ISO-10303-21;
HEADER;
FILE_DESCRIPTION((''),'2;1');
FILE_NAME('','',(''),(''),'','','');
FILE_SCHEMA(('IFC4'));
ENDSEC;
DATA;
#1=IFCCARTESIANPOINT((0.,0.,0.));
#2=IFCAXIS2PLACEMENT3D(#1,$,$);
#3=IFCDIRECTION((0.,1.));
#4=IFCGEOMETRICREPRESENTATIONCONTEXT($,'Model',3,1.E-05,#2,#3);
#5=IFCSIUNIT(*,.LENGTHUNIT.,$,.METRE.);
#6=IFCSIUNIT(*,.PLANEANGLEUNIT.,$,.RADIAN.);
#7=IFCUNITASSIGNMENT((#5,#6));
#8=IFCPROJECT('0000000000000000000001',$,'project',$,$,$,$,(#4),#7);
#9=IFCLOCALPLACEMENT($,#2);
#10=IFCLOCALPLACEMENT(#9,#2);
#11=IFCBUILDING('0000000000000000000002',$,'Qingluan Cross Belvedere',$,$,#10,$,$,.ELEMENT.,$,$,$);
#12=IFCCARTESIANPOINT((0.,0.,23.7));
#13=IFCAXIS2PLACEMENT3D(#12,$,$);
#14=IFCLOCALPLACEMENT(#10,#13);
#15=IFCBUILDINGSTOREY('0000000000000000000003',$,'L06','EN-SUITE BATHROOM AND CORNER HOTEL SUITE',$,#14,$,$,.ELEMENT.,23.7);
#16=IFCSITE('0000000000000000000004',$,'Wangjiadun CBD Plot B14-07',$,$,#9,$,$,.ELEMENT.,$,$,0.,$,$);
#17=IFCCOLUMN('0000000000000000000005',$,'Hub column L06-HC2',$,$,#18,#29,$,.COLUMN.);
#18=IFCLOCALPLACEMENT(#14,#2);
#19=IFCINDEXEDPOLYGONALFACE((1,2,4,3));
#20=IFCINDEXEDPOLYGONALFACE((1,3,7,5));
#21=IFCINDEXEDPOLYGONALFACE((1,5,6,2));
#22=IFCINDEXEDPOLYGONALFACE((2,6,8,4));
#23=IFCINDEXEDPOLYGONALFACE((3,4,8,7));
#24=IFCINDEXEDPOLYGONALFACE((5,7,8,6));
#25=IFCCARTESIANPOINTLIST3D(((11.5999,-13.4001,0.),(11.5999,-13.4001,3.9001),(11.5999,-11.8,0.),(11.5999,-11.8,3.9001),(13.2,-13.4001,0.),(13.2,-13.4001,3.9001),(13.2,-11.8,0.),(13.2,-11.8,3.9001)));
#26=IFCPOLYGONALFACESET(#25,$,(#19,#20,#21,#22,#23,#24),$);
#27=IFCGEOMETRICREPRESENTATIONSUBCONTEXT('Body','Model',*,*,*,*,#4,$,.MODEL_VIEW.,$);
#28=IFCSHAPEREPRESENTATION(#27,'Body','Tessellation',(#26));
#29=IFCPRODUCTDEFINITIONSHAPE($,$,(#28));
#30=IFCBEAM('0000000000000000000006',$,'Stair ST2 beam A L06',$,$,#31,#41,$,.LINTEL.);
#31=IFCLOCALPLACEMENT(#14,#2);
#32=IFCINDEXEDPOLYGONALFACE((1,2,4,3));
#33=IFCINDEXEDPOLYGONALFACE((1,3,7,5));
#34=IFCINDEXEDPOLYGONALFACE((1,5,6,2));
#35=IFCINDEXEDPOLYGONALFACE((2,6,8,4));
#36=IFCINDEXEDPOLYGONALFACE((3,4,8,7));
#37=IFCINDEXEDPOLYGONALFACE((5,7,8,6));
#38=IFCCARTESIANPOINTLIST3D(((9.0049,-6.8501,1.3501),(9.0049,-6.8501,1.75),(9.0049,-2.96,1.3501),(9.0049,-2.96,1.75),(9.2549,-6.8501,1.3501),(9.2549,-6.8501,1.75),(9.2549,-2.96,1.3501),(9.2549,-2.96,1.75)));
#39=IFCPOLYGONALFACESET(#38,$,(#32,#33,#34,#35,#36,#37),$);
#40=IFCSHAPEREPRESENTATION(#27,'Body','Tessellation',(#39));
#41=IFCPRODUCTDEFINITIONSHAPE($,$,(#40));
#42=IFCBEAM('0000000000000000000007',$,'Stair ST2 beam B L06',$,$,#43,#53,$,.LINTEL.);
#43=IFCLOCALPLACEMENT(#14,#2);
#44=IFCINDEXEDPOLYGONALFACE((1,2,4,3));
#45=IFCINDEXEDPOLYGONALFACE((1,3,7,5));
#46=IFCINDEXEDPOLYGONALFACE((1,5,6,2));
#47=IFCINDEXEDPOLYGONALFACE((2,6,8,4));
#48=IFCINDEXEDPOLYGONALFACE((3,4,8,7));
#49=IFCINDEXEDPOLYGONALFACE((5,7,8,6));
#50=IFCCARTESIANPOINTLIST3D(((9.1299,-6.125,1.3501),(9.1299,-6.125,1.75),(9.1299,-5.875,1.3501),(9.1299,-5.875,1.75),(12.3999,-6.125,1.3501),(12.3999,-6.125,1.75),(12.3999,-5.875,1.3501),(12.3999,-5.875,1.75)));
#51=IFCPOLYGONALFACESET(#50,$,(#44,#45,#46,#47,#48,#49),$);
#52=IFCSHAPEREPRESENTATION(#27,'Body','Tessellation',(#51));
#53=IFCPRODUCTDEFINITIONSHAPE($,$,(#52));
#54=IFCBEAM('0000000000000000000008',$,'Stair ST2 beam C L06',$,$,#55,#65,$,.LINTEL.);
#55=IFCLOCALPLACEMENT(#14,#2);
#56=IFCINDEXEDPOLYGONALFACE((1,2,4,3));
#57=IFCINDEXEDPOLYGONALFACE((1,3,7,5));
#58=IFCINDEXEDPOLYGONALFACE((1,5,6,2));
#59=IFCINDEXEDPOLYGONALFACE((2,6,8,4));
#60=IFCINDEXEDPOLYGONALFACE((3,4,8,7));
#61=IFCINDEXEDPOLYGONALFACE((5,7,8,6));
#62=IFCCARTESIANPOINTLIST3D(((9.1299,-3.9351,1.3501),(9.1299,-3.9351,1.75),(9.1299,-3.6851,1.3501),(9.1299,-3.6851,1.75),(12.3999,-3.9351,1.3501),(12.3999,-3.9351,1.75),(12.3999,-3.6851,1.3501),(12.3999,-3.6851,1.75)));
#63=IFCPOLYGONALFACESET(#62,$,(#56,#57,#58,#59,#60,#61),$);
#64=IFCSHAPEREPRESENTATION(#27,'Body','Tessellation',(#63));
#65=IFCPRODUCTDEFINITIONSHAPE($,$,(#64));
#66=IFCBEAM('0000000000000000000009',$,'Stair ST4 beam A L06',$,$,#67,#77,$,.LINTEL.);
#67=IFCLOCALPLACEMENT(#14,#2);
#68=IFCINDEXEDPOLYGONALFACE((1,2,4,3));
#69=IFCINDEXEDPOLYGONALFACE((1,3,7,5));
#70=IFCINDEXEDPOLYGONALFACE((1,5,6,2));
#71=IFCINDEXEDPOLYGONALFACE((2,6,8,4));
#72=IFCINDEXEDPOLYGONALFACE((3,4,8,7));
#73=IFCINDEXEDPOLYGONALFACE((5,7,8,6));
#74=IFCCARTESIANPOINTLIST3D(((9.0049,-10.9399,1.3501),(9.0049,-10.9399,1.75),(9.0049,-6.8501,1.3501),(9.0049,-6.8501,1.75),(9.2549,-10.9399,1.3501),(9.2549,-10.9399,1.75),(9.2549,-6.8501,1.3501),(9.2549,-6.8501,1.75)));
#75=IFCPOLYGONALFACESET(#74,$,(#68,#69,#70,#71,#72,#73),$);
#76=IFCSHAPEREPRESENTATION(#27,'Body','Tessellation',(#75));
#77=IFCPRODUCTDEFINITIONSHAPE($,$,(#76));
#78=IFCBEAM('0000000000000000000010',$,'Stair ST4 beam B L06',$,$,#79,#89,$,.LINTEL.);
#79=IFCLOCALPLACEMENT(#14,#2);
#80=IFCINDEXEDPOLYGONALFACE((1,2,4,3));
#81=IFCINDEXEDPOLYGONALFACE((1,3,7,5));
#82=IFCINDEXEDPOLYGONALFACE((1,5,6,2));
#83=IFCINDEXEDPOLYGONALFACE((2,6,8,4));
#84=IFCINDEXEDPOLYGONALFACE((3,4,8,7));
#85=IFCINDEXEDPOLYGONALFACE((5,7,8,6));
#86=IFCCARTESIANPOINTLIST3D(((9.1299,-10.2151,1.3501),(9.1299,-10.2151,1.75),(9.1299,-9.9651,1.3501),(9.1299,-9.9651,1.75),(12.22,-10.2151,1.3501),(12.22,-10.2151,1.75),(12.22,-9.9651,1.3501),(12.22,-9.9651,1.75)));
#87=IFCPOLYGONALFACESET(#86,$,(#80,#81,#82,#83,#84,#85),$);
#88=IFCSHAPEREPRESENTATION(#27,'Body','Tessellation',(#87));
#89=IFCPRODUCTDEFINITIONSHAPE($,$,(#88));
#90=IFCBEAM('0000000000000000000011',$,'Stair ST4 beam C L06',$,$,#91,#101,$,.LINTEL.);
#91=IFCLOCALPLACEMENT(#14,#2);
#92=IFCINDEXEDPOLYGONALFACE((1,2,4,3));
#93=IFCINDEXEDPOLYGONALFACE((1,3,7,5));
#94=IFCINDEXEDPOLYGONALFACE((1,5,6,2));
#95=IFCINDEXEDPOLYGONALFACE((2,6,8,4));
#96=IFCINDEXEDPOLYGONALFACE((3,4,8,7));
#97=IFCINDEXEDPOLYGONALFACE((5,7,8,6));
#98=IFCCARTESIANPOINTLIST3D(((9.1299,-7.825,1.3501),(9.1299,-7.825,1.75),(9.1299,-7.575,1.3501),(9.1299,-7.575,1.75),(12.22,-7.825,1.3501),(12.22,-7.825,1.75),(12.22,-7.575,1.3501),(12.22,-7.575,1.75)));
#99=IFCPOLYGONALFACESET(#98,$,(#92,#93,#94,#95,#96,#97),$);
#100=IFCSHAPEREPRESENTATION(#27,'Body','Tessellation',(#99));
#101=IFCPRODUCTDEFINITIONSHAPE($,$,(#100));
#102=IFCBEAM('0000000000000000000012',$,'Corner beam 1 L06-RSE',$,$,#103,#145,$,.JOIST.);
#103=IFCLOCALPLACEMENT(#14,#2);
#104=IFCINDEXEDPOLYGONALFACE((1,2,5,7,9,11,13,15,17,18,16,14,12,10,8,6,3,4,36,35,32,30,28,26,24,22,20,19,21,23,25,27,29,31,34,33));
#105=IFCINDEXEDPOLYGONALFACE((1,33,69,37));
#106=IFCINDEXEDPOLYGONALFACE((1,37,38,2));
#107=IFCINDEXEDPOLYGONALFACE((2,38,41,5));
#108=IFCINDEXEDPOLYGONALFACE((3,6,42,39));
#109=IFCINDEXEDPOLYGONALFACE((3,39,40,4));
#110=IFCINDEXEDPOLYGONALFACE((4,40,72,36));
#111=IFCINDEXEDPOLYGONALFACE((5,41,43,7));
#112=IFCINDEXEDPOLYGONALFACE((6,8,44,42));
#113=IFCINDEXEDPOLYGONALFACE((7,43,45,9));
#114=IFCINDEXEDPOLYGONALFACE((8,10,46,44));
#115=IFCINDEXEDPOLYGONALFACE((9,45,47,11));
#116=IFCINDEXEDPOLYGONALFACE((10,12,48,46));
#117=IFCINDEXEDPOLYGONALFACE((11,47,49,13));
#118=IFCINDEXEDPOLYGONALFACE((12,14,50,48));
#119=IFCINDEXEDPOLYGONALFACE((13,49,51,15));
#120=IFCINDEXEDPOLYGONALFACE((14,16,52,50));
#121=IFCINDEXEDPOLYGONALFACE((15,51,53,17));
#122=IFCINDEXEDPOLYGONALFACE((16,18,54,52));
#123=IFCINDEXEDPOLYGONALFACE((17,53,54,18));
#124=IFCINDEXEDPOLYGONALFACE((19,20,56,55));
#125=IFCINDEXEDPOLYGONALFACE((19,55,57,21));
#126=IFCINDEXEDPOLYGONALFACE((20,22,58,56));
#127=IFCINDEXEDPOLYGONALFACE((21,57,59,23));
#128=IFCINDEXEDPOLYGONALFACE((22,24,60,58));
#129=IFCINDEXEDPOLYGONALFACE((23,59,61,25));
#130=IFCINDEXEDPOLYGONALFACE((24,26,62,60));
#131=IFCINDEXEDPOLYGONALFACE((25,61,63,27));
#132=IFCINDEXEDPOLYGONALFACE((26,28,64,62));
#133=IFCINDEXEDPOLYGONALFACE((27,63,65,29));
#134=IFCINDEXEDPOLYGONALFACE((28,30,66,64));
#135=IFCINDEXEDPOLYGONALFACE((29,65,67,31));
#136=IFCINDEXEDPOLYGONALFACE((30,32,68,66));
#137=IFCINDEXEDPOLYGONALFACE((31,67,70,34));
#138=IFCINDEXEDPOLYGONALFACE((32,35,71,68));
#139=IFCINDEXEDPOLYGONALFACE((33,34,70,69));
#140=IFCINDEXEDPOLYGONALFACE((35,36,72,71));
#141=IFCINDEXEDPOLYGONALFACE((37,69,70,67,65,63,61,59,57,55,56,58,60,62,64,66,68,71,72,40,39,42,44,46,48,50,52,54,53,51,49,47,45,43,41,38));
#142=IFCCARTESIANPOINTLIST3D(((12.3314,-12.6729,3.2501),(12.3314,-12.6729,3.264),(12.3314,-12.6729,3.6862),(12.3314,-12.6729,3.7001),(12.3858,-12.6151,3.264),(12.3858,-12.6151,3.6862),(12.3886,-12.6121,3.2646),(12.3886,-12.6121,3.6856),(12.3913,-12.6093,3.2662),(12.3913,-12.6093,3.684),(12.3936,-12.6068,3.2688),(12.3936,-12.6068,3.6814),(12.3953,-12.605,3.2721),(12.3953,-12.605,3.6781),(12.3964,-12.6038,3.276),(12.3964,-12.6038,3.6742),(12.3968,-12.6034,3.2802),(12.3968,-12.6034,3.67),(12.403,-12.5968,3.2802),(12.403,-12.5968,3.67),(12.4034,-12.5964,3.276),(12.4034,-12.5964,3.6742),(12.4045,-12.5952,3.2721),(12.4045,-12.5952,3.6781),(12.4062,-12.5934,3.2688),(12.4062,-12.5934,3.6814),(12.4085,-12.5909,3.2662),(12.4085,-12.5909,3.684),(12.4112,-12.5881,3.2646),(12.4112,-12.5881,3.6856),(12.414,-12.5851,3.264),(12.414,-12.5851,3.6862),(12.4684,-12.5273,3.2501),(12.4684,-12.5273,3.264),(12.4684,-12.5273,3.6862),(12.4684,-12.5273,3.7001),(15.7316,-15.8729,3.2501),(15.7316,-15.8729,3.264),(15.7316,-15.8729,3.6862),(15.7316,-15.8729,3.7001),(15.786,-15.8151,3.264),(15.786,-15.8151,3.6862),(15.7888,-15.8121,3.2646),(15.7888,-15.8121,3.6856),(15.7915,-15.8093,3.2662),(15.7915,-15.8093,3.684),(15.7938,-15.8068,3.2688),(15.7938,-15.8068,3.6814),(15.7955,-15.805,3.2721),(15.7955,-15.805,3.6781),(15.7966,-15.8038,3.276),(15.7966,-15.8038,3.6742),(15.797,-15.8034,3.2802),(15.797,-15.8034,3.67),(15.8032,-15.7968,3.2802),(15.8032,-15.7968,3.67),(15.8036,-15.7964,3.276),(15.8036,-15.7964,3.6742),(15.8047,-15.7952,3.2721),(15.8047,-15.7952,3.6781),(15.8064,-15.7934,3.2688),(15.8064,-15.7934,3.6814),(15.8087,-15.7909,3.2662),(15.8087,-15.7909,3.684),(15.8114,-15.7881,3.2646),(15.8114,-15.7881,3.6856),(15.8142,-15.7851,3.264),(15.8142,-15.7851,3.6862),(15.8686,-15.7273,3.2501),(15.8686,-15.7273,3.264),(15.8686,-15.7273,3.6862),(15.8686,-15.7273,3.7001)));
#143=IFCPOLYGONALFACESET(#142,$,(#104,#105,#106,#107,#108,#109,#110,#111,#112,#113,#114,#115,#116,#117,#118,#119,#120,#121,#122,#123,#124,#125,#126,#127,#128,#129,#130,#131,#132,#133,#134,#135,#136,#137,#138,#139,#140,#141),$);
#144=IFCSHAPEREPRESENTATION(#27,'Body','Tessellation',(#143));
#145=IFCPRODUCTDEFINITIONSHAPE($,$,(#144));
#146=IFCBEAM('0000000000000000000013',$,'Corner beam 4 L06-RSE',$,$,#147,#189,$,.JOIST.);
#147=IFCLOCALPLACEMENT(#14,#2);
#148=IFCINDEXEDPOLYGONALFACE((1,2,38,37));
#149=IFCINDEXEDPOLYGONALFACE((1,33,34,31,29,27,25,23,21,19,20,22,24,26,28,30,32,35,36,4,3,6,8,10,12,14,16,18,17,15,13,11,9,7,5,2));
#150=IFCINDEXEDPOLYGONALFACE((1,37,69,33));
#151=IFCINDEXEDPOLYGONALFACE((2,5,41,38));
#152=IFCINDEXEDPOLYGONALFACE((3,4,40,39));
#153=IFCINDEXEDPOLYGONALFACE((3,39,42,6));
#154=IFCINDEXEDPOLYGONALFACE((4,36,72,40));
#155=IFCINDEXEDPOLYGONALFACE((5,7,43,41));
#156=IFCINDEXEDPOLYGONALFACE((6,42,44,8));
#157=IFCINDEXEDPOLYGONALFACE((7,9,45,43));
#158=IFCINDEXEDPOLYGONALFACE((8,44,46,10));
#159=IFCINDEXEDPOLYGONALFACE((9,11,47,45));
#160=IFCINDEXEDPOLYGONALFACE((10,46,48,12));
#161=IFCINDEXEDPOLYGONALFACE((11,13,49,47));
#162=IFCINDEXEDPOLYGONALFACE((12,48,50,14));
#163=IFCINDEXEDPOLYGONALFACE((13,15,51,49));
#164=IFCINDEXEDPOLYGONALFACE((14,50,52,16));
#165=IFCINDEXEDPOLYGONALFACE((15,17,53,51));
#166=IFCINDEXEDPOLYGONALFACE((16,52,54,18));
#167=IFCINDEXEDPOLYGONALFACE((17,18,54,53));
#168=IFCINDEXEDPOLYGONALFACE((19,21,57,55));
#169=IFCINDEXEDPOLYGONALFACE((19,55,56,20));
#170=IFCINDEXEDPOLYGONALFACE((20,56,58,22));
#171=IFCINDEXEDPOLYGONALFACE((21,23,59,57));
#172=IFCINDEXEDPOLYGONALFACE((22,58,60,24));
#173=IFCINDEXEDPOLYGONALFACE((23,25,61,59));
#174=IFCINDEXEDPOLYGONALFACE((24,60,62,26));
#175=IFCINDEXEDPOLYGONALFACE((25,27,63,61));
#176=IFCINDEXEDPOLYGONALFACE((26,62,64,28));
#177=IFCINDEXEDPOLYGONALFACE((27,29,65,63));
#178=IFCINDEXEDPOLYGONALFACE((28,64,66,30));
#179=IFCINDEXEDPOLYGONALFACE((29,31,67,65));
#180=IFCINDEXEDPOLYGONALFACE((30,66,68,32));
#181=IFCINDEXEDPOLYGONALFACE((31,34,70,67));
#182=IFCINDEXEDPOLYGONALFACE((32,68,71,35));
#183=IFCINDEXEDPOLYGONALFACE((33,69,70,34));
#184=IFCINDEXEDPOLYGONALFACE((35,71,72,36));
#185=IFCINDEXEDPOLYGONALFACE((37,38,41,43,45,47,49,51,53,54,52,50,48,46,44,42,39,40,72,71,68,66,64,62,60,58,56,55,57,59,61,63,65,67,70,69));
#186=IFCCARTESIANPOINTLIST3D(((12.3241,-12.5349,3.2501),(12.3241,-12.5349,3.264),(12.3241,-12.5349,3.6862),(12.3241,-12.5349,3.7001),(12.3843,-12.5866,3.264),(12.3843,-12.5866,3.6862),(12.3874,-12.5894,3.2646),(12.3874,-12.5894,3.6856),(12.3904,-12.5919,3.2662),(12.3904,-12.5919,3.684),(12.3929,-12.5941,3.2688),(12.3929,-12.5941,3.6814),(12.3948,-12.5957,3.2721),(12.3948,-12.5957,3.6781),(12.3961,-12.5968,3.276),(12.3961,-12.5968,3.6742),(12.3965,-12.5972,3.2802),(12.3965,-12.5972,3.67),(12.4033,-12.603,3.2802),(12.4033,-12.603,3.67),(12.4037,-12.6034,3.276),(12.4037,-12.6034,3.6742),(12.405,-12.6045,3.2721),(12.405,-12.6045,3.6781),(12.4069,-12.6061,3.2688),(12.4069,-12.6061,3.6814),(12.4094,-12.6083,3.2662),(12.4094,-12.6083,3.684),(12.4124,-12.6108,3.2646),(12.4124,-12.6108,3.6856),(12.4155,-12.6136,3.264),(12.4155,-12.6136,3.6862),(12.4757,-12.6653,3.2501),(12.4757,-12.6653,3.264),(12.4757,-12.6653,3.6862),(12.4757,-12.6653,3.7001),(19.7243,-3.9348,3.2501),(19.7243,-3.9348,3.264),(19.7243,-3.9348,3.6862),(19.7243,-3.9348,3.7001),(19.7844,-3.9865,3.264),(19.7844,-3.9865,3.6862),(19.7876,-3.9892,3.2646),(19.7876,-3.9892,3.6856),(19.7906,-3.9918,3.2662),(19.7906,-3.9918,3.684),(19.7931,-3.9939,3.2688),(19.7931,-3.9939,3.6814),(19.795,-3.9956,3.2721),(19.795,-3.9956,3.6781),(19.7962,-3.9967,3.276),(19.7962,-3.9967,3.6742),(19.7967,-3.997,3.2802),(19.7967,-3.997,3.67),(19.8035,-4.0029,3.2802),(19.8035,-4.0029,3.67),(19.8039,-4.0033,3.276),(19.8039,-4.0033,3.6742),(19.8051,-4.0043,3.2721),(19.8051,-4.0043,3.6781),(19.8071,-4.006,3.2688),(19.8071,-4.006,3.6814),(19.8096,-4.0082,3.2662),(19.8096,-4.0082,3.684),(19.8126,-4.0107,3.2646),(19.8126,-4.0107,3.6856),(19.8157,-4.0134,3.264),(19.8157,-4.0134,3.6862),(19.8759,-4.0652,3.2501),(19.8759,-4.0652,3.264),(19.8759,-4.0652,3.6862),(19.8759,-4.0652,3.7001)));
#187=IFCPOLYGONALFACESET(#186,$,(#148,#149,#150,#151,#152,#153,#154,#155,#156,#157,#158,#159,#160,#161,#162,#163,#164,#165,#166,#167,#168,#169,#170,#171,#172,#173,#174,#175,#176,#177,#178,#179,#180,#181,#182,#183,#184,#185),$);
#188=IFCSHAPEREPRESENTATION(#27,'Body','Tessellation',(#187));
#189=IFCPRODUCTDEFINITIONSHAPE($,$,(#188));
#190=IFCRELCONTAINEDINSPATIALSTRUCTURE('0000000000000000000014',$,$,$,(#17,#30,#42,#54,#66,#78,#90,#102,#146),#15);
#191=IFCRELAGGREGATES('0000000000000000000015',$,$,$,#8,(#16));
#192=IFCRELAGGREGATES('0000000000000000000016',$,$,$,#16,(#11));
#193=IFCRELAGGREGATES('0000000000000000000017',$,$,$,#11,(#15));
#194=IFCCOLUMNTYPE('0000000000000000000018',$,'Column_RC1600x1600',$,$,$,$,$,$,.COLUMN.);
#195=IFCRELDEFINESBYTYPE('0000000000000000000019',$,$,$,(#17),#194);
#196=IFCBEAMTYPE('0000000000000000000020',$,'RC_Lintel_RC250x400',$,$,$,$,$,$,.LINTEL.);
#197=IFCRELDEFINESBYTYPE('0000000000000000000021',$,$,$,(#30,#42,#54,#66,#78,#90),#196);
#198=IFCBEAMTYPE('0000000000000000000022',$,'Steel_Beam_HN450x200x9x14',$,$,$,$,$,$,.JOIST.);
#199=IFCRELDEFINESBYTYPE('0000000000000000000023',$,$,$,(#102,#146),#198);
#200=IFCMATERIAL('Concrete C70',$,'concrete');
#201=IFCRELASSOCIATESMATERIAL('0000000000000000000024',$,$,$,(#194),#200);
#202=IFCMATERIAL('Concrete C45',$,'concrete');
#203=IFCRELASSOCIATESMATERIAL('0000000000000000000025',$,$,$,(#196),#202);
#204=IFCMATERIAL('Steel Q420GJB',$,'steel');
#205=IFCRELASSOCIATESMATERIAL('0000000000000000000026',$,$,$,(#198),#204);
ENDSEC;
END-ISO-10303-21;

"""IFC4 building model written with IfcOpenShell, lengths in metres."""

from ifc_helpers import new_model, si_unit, direction, frame, origin, origin_2d, place, context, subcontext, project, spatial, rectangle, i_section, extrude, material, material_profile, profile_set, type_object, element, save


model = new_model("IFC4")

# Units and contexts
model_context = context("Model", 3, precision=1e-05, world=origin(), true_north=direction((0.0, 1.0)))
body_context = subcontext(model_context, "Body", "Model", "MODEL_VIEW")
ifc_project = project(units=[si_unit("LENGTHUNIT", "METRE"), si_unit("PLANEANGLEUNIT", "RADIAN")], contexts=[model_context])

# Site, building, storey
site_placement = place(None, origin())
site = spatial("IfcSite", under=ifc_project, at=site_placement, Name="Wangjiadun CBD Plot B14-07", CompositionType="ELEMENT", RefElevation=0.0)
building_placement = place(site_placement, origin())
building = spatial("IfcBuilding", under=site, at=building_placement, Name="Qingluan Cross Belvedere", CompositionType="ELEMENT")
storey_placement = place(building_placement, frame((0.0, 0.0, 23.7)))
storey = spatial("IfcBuildingStorey", under=building, at=storey_placement, Name="L06", Description="EN-SUITE BATHROOM AND CORNER HOTEL SUITE", CompositionType="ELEMENT", Elevation=23.7)

# Column
ifc_material_1 = material(Name="Concrete C70", Category="concrete")
ifc_material_profile_1 = material_profile(ifc_material_1, rectangle(XDim=1.6001, YDim=1.6001, at=origin_2d()), Name="RC1600x1600")
ifc_profile_set_1 = profile_set([ifc_material_profile_1], Name="Concrete C70")
column_type = type_object("IfcColumnType", Name="Column_RC1600x1600", PredefinedType="COLUMN", material=ifc_profile_set_1)
column_placement = place(storey_placement, frame((12.3999, -12.6001, 0.0), z_axis=(0.0, 0.0, 1.0), x_axis=(1.0, 0.0, 0.0)))
element("IfcColumn", 1, at=column_placement, inside=storey, type_object=column_type, Name="Hub column L06-HC2", PredefinedType="COLUMN", context=body_context, shape_type="SweptSolid", body=[
    extrude(rectangle(XDim=1.6001, YDim=1.6001, at=origin_2d()), origin(), (0.0, 0.0, 1.0), 3.9001),
])

# Beams
ifc_material_2 = material(Name="Concrete C45", Category="concrete")
ifc_material_profile_2 = material_profile(ifc_material_2, rectangle(XDim=0.25, YDim=0.3999, at=origin_2d()), Name="RC250x400")
ifc_profile_set_2 = profile_set([ifc_material_profile_2], Name="Concrete C45")
beam_type_1 = type_object("IfcBeamType", Name="RC_Lintel_RC250x400", PredefinedType="LINTEL", material=ifc_profile_set_2)
beam_1_placement = place(storey_placement, frame((9.1299, -6.8501, 1.55), z_axis=(0.0, 1.0, 0.0), x_axis=(-1.0, 0.0, 0.0)))
element("IfcBeam", 2, at=beam_1_placement, inside=storey, type_object=beam_type_1, Name="Stair ST2 beam A L06", PredefinedType="LINTEL", context=body_context, shape_type="SweptSolid", body=[
    extrude(rectangle(XDim=0.25, YDim=0.3999, at=origin_2d()), origin(), (0.0, 0.0, 1.0), 3.8901),
])
for number, where, z_axis, x_axis, name in (
    (3, (12.3999, -6.0, 1.55), (-1.0, 0.0, 0.0), (0.0, -1.0, 0.0), "Stair ST2 beam B L06"),
    (4, (12.3999, -3.8101, 1.55), (-1.0, 0.0, 0.0), (0.0, -1.0, 0.0), "Stair ST2 beam C L06"),
):
    element("IfcBeam", number, at=place(storey_placement, frame(where, z_axis=z_axis, x_axis=x_axis)), inside=storey, type_object=beam_type_1, Name=name, PredefinedType="LINTEL", context=body_context, shape_type="SweptSolid", body=[
        extrude(rectangle(XDim=0.25, YDim=0.3999, at=origin_2d()), origin(), (0.0, 0.0, 1.0), 3.27),
    ])
beam_2_placement = place(storey_placement, frame((9.1299, -10.9399, 1.55), z_axis=(0.0, 1.0, 0.0), x_axis=(-1.0, 0.0, 0.0)))
element("IfcBeam", 5, at=beam_2_placement, inside=storey, type_object=beam_type_1, Name="Stair ST4 beam A L06", PredefinedType="LINTEL", context=body_context, shape_type="SweptSolid", body=[
    extrude(rectangle(XDim=0.25, YDim=0.3999, at=origin_2d()), origin(), (0.0, 0.0, 1.0), 4.0898),
])
for number, where, z_axis, x_axis, name in (
    (6, (12.22, -10.0901, 1.55), (-1.0, 0.0, 0.0), (0.0, -1.0, 0.0), "Stair ST4 beam B L06"),
    (7, (12.22, -7.7, 1.55), (-1.0, 0.0, 0.0), (0.0, -1.0, 0.0), "Stair ST4 beam C L06"),
):
    element("IfcBeam", number, at=place(storey_placement, frame(where, z_axis=z_axis, x_axis=x_axis)), inside=storey, type_object=beam_type_1, Name=name, PredefinedType="LINTEL", context=body_context, shape_type="SweptSolid", body=[
        extrude(rectangle(XDim=0.25, YDim=0.3999, at=origin_2d()), origin(), (0.0, 0.0, 1.0), 3.0901),
    ])
ifc_material_3 = material(Name="Steel Q420GJB", Category="steel")
ifc_material_profile_3 = material_profile(ifc_material_3, i_section(OverallWidth=0.2, OverallDepth=0.45, WebThickness=0.009, FlangeThickness=0.0139, FilletRadius=0.0161, at=origin_2d()), Name="HN450x200x9x14")
ifc_profile_set_3 = profile_set([ifc_material_profile_3], Name="Steel Q420GJB")
beam_type_2 = type_object("IfcBeamType", Name="Steel_Beam_HN450x200x9x14", PredefinedType="JOIST", material=ifc_profile_set_3)
beam_3_placement = place(storey_placement, frame((12.3999, -12.6001, 3.4751), z_axis=(0.72822, -0.685343, 0.0), x_axis=(0.685343, 0.72822, 0.0)))
element("IfcBeam", 8, at=beam_3_placement, inside=storey, type_object=beam_type_2, Name="Corner beam 1 L06-RSE", PredefinedType="JOIST", context=body_context, shape_type="SweptSolid", body=[
    extrude(i_section(OverallWidth=0.2, OverallDepth=0.45, WebThickness=0.009, FlangeThickness=0.0139, FilletRadius=0.0161, at=origin_2d()), origin(), (0.0, 0.0, 1.0), 4.6692),
])
beam_4_placement = place(storey_placement, frame((12.3999, -12.6001, 3.4751), z_axis=(0.652245, 0.758008, 0.0), x_axis=(-0.758008, 0.652245, 0.0)))
element("IfcBeam", 9, at=beam_4_placement, inside=storey, type_object=beam_type_2, Name="Corner beam 4 L06-RSE", PredefinedType="JOIST", context=body_context, shape_type="SweptSolid", body=[
    extrude(i_section(OverallWidth=0.2, OverallDepth=0.45, WebThickness=0.009, FlangeThickness=0.0139, FilletRadius=0.0161, at=origin_2d()), origin(), (0.0, 0.0, 1.0), 11.3457),
])

save(model, "model.ifc")
